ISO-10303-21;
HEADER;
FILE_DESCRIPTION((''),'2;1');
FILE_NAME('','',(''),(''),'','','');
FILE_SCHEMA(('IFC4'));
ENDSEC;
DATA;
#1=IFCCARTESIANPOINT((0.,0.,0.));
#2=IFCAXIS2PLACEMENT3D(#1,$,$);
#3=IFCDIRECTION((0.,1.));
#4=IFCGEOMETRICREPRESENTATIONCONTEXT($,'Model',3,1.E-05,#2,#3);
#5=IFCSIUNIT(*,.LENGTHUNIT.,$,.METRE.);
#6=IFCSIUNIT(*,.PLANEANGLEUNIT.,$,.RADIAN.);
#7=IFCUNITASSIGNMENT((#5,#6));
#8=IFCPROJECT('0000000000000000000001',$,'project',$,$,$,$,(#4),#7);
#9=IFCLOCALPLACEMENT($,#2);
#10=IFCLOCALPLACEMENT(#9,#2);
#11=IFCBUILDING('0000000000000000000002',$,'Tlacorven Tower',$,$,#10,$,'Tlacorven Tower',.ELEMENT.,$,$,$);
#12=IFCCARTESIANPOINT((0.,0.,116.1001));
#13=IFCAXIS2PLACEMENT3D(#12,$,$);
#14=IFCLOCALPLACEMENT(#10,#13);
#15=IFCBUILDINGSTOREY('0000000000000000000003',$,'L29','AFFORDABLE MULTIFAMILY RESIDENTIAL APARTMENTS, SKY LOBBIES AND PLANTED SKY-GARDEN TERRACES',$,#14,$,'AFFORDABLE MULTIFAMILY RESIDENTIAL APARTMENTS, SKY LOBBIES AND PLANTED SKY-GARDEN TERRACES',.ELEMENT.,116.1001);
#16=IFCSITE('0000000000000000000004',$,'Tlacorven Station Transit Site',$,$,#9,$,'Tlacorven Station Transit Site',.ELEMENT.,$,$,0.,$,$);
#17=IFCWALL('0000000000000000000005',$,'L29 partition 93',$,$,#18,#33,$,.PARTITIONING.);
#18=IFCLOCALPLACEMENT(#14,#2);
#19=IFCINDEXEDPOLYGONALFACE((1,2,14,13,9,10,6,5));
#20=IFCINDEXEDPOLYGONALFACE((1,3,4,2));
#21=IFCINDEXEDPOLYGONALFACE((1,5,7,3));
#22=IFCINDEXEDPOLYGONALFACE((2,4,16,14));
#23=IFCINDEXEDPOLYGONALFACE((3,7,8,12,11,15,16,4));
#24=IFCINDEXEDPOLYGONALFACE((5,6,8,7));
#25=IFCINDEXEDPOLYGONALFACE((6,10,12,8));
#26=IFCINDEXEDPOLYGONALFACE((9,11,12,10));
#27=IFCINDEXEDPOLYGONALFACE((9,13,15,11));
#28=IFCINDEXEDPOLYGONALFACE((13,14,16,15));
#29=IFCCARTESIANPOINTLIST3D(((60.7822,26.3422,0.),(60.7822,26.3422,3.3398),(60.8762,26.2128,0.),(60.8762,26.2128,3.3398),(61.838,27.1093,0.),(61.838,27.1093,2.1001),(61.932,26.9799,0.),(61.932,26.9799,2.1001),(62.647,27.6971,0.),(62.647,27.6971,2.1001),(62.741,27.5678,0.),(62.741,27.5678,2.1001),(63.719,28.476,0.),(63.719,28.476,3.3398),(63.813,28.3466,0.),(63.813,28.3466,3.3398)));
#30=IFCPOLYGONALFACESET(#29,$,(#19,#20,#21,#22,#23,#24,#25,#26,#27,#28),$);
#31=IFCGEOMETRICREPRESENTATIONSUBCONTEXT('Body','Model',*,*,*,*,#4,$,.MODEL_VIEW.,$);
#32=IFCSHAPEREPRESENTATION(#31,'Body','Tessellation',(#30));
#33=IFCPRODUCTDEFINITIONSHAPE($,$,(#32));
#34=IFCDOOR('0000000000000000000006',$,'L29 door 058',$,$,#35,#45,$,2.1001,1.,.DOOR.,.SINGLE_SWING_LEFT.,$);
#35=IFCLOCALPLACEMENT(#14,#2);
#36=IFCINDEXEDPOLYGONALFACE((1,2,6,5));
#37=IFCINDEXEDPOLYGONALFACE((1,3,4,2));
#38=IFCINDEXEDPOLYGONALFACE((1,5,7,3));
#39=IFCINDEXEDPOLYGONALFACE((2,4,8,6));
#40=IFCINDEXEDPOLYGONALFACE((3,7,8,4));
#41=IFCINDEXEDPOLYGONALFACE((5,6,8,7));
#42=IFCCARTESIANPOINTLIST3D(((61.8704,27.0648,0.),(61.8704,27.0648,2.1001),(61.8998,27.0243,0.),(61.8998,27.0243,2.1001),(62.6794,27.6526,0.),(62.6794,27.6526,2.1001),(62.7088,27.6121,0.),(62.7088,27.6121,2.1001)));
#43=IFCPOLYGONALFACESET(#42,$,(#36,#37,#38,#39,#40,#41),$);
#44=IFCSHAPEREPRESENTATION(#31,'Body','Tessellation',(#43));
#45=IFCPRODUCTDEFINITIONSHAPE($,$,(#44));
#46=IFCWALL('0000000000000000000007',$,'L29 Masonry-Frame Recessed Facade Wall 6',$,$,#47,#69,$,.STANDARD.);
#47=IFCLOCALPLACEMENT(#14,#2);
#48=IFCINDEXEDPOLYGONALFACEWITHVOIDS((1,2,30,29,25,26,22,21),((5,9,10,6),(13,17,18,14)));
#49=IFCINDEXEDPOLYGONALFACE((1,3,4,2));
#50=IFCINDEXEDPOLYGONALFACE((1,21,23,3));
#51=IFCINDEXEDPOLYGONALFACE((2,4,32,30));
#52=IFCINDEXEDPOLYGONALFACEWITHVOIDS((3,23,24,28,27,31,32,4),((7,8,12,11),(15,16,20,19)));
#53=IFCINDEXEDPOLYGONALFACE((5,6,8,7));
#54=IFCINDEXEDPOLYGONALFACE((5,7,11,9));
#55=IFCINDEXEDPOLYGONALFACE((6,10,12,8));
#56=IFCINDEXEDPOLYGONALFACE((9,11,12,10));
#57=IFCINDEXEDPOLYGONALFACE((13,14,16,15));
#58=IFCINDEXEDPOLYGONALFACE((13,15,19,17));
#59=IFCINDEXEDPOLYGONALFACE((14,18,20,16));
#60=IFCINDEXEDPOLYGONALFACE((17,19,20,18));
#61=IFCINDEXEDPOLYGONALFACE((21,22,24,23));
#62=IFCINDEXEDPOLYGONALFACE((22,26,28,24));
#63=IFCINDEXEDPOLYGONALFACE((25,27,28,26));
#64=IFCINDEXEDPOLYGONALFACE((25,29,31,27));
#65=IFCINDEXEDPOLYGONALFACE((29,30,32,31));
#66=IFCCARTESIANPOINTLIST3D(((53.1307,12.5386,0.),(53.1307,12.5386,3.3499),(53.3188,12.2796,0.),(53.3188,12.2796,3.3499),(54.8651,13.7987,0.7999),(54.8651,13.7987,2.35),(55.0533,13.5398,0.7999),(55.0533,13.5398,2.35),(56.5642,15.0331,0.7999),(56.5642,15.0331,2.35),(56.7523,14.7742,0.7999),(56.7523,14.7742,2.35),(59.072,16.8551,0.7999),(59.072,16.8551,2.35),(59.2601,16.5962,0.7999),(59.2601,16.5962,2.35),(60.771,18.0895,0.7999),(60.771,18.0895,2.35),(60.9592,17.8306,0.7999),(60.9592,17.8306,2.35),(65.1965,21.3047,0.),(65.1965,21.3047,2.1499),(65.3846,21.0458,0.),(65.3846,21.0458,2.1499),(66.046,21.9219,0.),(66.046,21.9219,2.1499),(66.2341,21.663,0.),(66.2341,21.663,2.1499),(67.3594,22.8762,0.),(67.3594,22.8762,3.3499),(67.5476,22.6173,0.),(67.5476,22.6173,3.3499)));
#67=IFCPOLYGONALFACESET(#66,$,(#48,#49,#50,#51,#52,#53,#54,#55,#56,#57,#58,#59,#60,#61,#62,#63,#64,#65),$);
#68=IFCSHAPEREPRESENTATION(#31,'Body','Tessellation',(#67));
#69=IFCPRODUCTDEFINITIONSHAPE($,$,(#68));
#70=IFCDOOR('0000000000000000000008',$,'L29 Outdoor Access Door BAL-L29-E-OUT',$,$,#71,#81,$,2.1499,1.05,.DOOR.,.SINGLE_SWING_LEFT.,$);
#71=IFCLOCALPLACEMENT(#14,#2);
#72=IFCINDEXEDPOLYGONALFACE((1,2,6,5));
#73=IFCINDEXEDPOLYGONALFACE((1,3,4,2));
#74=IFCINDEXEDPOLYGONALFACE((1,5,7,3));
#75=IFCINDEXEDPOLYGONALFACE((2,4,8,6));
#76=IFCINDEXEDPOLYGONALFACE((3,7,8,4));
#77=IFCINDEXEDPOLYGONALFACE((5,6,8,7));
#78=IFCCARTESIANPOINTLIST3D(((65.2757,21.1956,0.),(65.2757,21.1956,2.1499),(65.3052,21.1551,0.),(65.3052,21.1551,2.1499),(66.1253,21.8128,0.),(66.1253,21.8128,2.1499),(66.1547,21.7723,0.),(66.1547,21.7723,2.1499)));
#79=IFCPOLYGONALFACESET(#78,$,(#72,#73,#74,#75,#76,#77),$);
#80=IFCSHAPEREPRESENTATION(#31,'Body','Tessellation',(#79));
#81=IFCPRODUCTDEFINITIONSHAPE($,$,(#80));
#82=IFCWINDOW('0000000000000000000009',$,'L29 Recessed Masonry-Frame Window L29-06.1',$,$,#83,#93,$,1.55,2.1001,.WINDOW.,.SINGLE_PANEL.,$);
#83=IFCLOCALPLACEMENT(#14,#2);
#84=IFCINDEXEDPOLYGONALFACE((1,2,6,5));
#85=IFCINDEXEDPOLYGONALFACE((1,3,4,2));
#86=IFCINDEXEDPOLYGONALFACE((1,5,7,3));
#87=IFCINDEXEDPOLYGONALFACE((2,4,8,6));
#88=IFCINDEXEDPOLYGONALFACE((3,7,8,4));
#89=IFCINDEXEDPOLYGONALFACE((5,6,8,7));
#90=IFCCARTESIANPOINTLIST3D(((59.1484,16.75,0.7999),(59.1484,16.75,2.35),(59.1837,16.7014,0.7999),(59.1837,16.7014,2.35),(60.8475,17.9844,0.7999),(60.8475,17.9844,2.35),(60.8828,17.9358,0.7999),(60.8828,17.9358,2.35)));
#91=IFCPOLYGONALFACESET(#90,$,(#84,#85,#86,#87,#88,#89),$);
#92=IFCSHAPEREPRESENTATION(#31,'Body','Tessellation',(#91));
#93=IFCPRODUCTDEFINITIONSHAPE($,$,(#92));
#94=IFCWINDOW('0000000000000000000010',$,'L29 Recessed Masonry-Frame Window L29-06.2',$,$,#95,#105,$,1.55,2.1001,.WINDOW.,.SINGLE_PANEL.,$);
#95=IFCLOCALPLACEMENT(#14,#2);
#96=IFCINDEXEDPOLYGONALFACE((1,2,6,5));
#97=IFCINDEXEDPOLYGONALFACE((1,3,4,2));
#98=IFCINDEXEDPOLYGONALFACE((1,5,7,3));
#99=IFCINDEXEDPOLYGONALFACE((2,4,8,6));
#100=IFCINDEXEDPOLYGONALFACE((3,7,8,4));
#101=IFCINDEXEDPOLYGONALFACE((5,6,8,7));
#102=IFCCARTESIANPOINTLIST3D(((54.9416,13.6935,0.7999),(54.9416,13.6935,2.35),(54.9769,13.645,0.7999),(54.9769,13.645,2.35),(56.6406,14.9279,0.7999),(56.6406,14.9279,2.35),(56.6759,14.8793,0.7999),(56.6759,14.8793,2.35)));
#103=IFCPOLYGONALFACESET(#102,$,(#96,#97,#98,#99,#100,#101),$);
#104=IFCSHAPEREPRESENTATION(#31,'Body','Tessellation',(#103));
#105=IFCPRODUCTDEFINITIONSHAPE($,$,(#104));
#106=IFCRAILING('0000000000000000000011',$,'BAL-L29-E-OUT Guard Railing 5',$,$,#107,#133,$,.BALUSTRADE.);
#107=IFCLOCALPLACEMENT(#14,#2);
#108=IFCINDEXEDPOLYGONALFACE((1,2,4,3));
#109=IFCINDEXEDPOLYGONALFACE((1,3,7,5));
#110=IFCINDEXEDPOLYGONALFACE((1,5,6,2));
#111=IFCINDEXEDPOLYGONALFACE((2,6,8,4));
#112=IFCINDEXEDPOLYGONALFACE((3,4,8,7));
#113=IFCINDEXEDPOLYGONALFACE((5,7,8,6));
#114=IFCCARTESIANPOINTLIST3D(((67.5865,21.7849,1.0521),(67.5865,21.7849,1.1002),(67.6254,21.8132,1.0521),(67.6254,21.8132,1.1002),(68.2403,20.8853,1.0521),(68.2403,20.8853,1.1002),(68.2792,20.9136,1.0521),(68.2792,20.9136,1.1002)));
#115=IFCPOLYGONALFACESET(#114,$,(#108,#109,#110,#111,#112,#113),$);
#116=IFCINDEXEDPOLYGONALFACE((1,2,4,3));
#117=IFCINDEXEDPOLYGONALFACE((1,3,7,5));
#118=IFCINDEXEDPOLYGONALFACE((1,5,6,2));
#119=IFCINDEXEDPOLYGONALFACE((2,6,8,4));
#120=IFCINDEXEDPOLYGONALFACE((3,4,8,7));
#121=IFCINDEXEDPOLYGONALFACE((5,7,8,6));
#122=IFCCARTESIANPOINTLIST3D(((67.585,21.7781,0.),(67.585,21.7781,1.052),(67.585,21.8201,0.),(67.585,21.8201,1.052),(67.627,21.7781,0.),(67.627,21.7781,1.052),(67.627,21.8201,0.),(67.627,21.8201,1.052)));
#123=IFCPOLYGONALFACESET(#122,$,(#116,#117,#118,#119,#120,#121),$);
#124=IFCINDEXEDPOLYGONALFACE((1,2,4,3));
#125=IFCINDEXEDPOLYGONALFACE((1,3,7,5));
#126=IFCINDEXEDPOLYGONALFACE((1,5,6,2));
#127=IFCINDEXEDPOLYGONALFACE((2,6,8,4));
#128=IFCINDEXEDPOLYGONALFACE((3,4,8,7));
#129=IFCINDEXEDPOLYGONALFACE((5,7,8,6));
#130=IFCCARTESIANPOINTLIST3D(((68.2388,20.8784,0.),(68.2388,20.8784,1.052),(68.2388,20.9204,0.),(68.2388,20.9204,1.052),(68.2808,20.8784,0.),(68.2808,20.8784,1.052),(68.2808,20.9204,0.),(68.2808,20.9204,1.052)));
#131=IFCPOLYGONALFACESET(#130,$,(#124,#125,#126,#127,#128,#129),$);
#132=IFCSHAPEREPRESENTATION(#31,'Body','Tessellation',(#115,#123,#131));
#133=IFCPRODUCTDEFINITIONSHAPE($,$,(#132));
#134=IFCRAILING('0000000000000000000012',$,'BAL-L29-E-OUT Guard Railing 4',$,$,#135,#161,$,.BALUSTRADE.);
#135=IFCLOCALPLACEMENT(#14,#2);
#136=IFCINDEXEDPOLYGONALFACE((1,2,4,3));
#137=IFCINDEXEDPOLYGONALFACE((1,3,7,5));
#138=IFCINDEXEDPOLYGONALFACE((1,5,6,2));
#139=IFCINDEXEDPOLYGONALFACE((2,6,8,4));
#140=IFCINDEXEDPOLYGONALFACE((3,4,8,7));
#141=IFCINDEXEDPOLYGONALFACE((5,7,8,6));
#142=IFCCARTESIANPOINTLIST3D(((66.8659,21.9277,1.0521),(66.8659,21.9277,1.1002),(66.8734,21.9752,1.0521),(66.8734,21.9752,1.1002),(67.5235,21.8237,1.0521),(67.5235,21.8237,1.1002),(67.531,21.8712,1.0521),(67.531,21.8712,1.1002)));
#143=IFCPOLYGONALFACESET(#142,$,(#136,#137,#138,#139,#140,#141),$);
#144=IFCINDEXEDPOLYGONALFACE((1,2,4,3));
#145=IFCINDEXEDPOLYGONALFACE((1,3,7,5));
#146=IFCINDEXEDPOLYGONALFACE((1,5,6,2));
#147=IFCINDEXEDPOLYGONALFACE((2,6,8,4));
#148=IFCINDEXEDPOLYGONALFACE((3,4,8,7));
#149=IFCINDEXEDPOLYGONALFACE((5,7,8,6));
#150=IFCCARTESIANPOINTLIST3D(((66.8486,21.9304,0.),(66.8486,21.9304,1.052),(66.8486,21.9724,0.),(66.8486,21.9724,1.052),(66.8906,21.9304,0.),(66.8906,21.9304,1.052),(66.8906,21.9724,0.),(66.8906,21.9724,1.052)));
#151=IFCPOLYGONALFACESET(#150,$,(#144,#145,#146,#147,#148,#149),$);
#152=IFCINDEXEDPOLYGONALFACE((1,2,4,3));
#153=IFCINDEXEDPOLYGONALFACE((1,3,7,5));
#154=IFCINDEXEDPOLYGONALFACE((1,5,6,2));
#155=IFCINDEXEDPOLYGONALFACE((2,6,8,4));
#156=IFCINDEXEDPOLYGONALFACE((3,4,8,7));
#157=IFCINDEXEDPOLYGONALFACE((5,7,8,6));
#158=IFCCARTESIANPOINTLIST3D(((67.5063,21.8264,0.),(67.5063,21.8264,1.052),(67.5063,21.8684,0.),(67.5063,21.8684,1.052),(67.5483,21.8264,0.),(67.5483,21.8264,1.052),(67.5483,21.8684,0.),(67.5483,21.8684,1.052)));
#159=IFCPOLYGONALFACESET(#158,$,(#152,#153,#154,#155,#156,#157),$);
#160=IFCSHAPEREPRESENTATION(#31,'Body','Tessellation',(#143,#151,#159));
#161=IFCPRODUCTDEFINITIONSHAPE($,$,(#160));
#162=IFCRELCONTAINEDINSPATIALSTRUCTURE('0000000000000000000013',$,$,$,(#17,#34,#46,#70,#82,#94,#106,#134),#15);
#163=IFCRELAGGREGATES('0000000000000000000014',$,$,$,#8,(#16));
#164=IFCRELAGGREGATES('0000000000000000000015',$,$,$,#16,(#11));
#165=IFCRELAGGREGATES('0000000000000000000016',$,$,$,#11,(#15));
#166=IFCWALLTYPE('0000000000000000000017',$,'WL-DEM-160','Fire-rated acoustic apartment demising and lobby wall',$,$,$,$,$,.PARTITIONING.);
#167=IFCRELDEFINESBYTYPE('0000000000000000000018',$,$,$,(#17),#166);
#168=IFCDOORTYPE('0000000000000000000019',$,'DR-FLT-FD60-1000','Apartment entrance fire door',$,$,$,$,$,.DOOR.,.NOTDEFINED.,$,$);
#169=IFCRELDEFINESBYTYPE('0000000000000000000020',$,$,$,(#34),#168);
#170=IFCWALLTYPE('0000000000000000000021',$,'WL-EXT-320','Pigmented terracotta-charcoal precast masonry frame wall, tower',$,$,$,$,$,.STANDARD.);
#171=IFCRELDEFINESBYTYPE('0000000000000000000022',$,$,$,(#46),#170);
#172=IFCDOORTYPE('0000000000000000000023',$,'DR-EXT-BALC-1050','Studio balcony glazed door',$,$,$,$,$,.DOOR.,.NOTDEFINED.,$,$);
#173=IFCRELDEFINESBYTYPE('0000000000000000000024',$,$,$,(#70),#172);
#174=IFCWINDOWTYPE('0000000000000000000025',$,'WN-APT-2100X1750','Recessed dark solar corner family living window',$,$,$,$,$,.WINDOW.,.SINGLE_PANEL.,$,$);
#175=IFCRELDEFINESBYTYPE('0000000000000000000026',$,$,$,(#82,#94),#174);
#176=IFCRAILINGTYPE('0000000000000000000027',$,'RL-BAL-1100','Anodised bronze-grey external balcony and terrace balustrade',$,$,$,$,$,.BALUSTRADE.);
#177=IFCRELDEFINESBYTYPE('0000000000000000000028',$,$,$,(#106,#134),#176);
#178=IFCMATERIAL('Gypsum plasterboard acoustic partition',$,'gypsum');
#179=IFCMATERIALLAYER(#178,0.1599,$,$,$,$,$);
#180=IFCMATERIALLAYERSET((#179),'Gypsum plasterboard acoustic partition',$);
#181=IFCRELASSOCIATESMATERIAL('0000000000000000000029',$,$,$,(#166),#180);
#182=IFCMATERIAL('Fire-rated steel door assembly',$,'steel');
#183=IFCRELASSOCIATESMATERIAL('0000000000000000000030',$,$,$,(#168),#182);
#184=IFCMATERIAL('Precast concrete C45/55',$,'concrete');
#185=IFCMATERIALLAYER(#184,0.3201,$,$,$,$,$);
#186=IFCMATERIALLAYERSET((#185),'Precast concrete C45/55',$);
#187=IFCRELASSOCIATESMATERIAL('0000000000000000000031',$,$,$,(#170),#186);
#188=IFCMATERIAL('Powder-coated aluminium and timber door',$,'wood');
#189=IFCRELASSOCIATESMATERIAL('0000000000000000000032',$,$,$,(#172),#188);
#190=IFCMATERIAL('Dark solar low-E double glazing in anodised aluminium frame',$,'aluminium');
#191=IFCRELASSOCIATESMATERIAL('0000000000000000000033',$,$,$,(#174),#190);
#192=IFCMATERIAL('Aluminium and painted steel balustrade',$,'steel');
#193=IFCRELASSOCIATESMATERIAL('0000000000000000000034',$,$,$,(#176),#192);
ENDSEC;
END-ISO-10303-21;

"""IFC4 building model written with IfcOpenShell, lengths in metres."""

from ifc_helpers import new_model, si_unit, direction, frame, frame_2d, origin, origin_2d, place, context, subcontext, project, spatial, rectangle, extrude, source, transform, mapped, material, layer, layer_set, type_object, element, fill, save


model = new_model("IFC4")

# Units and contexts
model_context = context("Model", 3, precision=1e-05, world=origin(), true_north=direction((0.0, 1.0)))
body_context = subcontext(model_context, "Body", "Model", "MODEL_VIEW")
ifc_project = project(units=[si_unit("LENGTHUNIT", "METRE"), si_unit("PLANEANGLEUNIT", "RADIAN")], contexts=[model_context])

# Site, building, storey
site_placement = place(None, origin())
site = spatial("IfcSite", under=ifc_project, at=site_placement, Name="Tlacorven Station Transit Site", LongName="Tlacorven Station Transit Site", CompositionType="ELEMENT", RefElevation=0.0)
building_placement = place(site_placement, origin())
building = spatial("IfcBuilding", under=site, at=building_placement, Name="Tlacorven Tower", LongName="Tlacorven Tower", CompositionType="ELEMENT")
storey_placement = place(building_placement, frame((0.0, 0.0, 116.1001)))
storey = spatial("IfcBuildingStorey", under=building, at=storey_placement, Name="L29", Description="AFFORDABLE MULTIFAMILY RESIDENTIAL APARTMENTS, SKY LOBBIES AND PLANTED SKY-GARDEN TERRACES", LongName="AFFORDABLE MULTIFAMILY RESIDENTIAL APARTMENTS, SKY LOBBIES AND PLANTED SKY-GARDEN TERRACES", CompositionType="ELEMENT", Elevation=116.1001)

# Shared definitions
ifc_material_1 = material(Name="Gypsum plasterboard acoustic partition", Category="gypsum")
ifc_layer_1 = layer(ifc_material_1, 0.1599)
ifc_layer_set_1 = layer_set([ifc_layer_1], Name="Gypsum plasterboard acoustic partition")
wall_type_1 = type_object("IfcWallType", Name="WL-DEM-160", Description="Fire-rated acoustic apartment demising and lobby wall", PredefinedType="PARTITIONING", material=ifc_layer_set_1)
ifc_material_2 = material(Name="Fire-rated steel door assembly", Category="steel")
door_type_1 = type_object("IfcDoorType", Name="DR-FLT-FD60-1000", Description="Apartment entrance fire door", OperationType="NOTDEFINED", PredefinedType="DOOR", material=ifc_material_2)
shared_shape_1 = source(origin(), body_context, "Body", "SweptSolid", [
    extrude(rectangle(XDim=1.0, YDim=2.1001, at=frame_2d((0.5, 1.05))), frame((0.0, 0.0249, 0.0), z_axis=(0.0, -1.0, 0.0), x_axis=(1.0, 0.0, 0.0)), (0.0, 0.0, 1.0), 0.05),
])

# Wall, opening, door
wall_1_placement = place(storey_placement, frame((60.8293, 26.2776, 0.0), z_axis=(0.0, 0.0, 1.0), x_axis=(0.809004, 0.587804, 0.0)))
wall_1 = element("IfcWall", 1, at=wall_1_placement, inside=storey, type_object=wall_type_1, Name="L29 partition 93", PredefinedType="PARTITIONING", context=body_context, shape_type="SweptSolid", body=[
    extrude(rectangle(XDim=3.6301, YDim=0.1599, at=frame_2d((1.8149, 0.0))), origin(), (0.0, 0.0, 1.0), 3.3398),
])
opening_1_placement = place(wall_1_placement, frame((1.3049, 0.0, 0.0)))
opening_1 = element("IfcOpeningElement", 2, at=opening_1_placement, cuts=wall_1, PredefinedType="OPENING", context=body_context, shape_type="SweptSolid", body=[
    extrude(rectangle(XDim=1.0, YDim=2.1001, at=frame_2d((0.5, 1.05))), frame((0.0, 0.0898, 0.0), z_axis=(0.0, -1.0, 0.0), x_axis=(1.0, 0.0, 0.0)), (0.0, 0.0, 1.0), 0.1799),
])
door_1_placement = place(opening_1_placement, origin())
door_1 = element("IfcDoor", 3, at=door_1_placement, inside=storey, type_object=door_type_1, Name="L29 door 058", OperationType="SINGLE_SWING_LEFT", OverallHeight=2.1001, OverallWidth=1.0, PredefinedType="DOOR", context=body_context, shape_type="MappedRepresentation", body=[
    mapped(shared_shape_1, transform((0.0, 0.0, 0.0), scale=1.0)),
])
fill(opening_1, door_1)

# Wall, openings, door, windows
ifc_material_3 = material(Name="Precast concrete C45/55", Category="concrete")
ifc_layer_2 = layer(ifc_material_3, 0.3201)
ifc_layer_set_2 = layer_set([ifc_layer_2], Name="Precast concrete C45/55")
wall_type_2 = type_object("IfcWallType", Name="WL-EXT-320", Description="Pigmented terracotta-charcoal precast masonry frame wall, tower", PredefinedType="STANDARD", material=ifc_layer_set_2)
wall_2_placement = place(storey_placement, frame((67.4536, 22.7468, 0.0), z_axis=(0.0, 0.0, 1.0), x_axis=(-0.809021, -0.58778, 0.0)))
wall_2 = element("IfcWall", 4, at=wall_2_placement, inside=storey, type_object=wall_type_2, Name="L29 Masonry-Frame Recessed Facade Wall 6", PredefinedType="STANDARD", context=body_context, shape_type="SweptSolid", body=[
    extrude(rectangle(XDim=17.5876, YDim=0.3201, at=frame_2d((8.7939, 0.0))), origin(), (0.0, 0.0, 1.0), 3.3499),
])
opening_2_placement = place(wall_2_placement, frame((1.6238, 0.0, 0.0)))
opening_2 = element("IfcOpeningElement", 5, at=opening_2_placement, cuts=wall_2, PredefinedType="OPENING", context=body_context, shape_type="SweptSolid", body=[
    extrude(rectangle(XDim=1.05, YDim=2.1499, at=frame_2d((0.5249, 1.075))), frame((0.0, 0.1699, 0.0), z_axis=(0.0, -1.0, 0.0), x_axis=(1.0, 0.0, 0.0)), (0.0, 0.0, 1.0), 0.3401),
])
opening_3_placement = place(wall_2_placement, frame((8.1438, 0.0, 0.8)))
opening_3 = element("IfcOpeningElement", 6, at=opening_3_placement, cuts=wall_2, PredefinedType="OPENING", context=body_context, shape_type="SweptSolid", body=[
    extrude(rectangle(XDim=2.1001, YDim=1.55, at=frame_2d((1.05, 0.7749))), frame((0.0, 0.1699, 0.0), z_axis=(0.0, -1.0, 0.0), x_axis=(1.0, 0.0, 0.0)), (0.0, 0.0, 1.0), 0.3401),
])
opening_4_placement = place(wall_2_placement, frame((13.3438, 0.0, 0.8)))
opening_4 = element("IfcOpeningElement", 7, at=opening_4_placement, cuts=wall_2, PredefinedType="OPENING", context=body_context, shape_type="SweptSolid", body=[
    extrude(rectangle(XDim=2.1001, YDim=1.55, at=frame_2d((1.05, 0.7749))), frame((0.0, 0.1699, 0.0), z_axis=(0.0, -1.0, 0.0), x_axis=(1.0, 0.0, 0.0)), (0.0, 0.0, 1.0), 0.3401),
])
ifc_material_4 = material(Name="Powder-coated aluminium and timber door", Category="wood")
door_type_2 = type_object("IfcDoorType", Name="DR-EXT-BALC-1050", Description="Studio balcony glazed door", OperationType="NOTDEFINED", PredefinedType="DOOR", material=ifc_material_4)
shared_shape_2 = source(origin(), body_context, "Body", "SweptSolid", [
    extrude(rectangle(XDim=1.05, YDim=2.1499, at=frame_2d((0.5249, 1.075))), frame((0.0, 0.0249, 0.0), z_axis=(0.0, -1.0, 0.0), x_axis=(1.0, 0.0, 0.0)), (0.0, 0.0, 1.0), 0.05),
])
door_2_placement = place(opening_2_placement, origin())
door_2 = element("IfcDoor", 8, at=door_2_placement, inside=storey, type_object=door_type_2, Name="L29 Outdoor Access Door BAL-L29-E-OUT", OperationType="SINGLE_SWING_LEFT", OverallHeight=2.1499, OverallWidth=1.05, PredefinedType="DOOR", context=body_context, shape_type="MappedRepresentation", body=[
    mapped(shared_shape_2, transform((0.0, 0.0, 0.0), scale=1.0)),
])
fill(opening_2, door_2)
ifc_material_5 = material(Name="Dark solar low-E double glazing in anodised aluminium frame", Category="aluminium")
window_type = type_object("IfcWindowType", Name="WN-APT-2100X1750", Description="Recessed dark solar corner family living window", PartitioningType="SINGLE_PANEL", PredefinedType="WINDOW", material=ifc_material_5)
shared_shape_3 = source(origin(), body_context, "Body", "SweptSolid", [
    extrude(rectangle(XDim=2.1001, YDim=1.55, at=frame_2d((1.05, 0.7749))), frame((0.0, 0.03, 0.0), z_axis=(0.0, -1.0, 0.0), x_axis=(1.0, 0.0, 0.0)), (0.0, 0.0, 1.0), 0.0601),
])
window_1_placement = place(opening_3_placement, origin())
window_1 = element("IfcWindow", 9, at=window_1_placement, inside=storey, type_object=window_type, Name="L29 Recessed Masonry-Frame Window L29-06.1", OverallHeight=1.55, OverallWidth=2.1001, PartitioningType="SINGLE_PANEL", PredefinedType="WINDOW", context=body_context, shape_type="MappedRepresentation", body=[
    mapped(shared_shape_3, transform((0.0, 0.0, 0.0), scale=1.0)),
])
fill(opening_3, window_1)
window_2_placement = place(opening_4_placement, origin())
window_2 = element("IfcWindow", 10, at=window_2_placement, inside=storey, type_object=window_type, Name="L29 Recessed Masonry-Frame Window L29-06.2", OverallHeight=1.55, OverallWidth=2.1001, PartitioningType="SINGLE_PANEL", PredefinedType="WINDOW", context=body_context, shape_type="MappedRepresentation", body=[
    mapped(shared_shape_3, transform((0.0, 0.0, 0.0), scale=1.0)),
])
fill(opening_4, window_2)

# Railings
ifc_material_6 = material(Name="Aluminium and painted steel balustrade", Category="steel")
railing_type = type_object("IfcRailingType", Name="RL-BAL-1100", Description="Anodised bronze-grey external balcony and terrace balustrade", PredefinedType="BALUSTRADE", material=ifc_material_6)
shared_shape_4 = source(origin(), body_context, "Body", "SweptSolid", [
    extrude(rectangle(XDim=0.0481, YDim=0.0481, at=origin_2d()), frame((0.0, 0.0, 1.0762), z_axis=(0.587884, -0.808945, 0.0), x_axis=(0.808945, 0.587884, 0.0)), (0.0, 0.0, 1.0), 1.1121),
    extrude(rectangle(XDim=0.042, YDim=0.042, at=origin_2d()), origin(), (0.0, 0.0, 1.0), 1.052),
    extrude(rectangle(XDim=0.042, YDim=0.042, at=origin_2d()), frame((0.6538, -0.8997, 0.0)), (0.0, 0.0, 1.0), 1.052),
])
railing_1_placement = place(storey_placement, frame((67.606, 21.7991, 0.0)))
element("IfcRailing", 11, at=railing_1_placement, inside=storey, type_object=railing_type, Name="BAL-L29-E-OUT Guard Railing 5", PredefinedType="BALUSTRADE", context=body_context, shape_type="MappedRepresentation", body=[
    mapped(shared_shape_4, transform((0.0, 0.0, 0.0), scale=1.0)),
])
shared_shape_5 = source(origin(), body_context, "Body", "SweptSolid", [
    extrude(rectangle(XDim=0.0481, YDim=0.0481, at=origin_2d()), frame((0.0, 0.0, 1.0762), z_axis=(0.987727, -0.156188, 0.0), x_axis=(0.156188, 0.987727, 0.0)), (0.0, 0.0, 1.0), 0.6658),
    extrude(rectangle(XDim=0.042, YDim=0.042, at=origin_2d()), origin(), (0.0, 0.0, 1.0), 1.052),
    extrude(rectangle(XDim=0.042, YDim=0.042, at=origin_2d()), frame((0.6577, -0.104, 0.0)), (0.0, 0.0, 1.0), 1.052),
])
railing_2_placement = place(storey_placement, frame((66.8696, 21.9514, 0.0)))
element("IfcRailing", 12, at=railing_2_placement, inside=storey, type_object=railing_type, Name="BAL-L29-E-OUT Guard Railing 4", PredefinedType="BALUSTRADE", context=body_context, shape_type="MappedRepresentation", body=[
    mapped(shared_shape_5, transform((0.0, 0.0, 0.0), scale=1.0)),
])

save(model, "model.ifc")
